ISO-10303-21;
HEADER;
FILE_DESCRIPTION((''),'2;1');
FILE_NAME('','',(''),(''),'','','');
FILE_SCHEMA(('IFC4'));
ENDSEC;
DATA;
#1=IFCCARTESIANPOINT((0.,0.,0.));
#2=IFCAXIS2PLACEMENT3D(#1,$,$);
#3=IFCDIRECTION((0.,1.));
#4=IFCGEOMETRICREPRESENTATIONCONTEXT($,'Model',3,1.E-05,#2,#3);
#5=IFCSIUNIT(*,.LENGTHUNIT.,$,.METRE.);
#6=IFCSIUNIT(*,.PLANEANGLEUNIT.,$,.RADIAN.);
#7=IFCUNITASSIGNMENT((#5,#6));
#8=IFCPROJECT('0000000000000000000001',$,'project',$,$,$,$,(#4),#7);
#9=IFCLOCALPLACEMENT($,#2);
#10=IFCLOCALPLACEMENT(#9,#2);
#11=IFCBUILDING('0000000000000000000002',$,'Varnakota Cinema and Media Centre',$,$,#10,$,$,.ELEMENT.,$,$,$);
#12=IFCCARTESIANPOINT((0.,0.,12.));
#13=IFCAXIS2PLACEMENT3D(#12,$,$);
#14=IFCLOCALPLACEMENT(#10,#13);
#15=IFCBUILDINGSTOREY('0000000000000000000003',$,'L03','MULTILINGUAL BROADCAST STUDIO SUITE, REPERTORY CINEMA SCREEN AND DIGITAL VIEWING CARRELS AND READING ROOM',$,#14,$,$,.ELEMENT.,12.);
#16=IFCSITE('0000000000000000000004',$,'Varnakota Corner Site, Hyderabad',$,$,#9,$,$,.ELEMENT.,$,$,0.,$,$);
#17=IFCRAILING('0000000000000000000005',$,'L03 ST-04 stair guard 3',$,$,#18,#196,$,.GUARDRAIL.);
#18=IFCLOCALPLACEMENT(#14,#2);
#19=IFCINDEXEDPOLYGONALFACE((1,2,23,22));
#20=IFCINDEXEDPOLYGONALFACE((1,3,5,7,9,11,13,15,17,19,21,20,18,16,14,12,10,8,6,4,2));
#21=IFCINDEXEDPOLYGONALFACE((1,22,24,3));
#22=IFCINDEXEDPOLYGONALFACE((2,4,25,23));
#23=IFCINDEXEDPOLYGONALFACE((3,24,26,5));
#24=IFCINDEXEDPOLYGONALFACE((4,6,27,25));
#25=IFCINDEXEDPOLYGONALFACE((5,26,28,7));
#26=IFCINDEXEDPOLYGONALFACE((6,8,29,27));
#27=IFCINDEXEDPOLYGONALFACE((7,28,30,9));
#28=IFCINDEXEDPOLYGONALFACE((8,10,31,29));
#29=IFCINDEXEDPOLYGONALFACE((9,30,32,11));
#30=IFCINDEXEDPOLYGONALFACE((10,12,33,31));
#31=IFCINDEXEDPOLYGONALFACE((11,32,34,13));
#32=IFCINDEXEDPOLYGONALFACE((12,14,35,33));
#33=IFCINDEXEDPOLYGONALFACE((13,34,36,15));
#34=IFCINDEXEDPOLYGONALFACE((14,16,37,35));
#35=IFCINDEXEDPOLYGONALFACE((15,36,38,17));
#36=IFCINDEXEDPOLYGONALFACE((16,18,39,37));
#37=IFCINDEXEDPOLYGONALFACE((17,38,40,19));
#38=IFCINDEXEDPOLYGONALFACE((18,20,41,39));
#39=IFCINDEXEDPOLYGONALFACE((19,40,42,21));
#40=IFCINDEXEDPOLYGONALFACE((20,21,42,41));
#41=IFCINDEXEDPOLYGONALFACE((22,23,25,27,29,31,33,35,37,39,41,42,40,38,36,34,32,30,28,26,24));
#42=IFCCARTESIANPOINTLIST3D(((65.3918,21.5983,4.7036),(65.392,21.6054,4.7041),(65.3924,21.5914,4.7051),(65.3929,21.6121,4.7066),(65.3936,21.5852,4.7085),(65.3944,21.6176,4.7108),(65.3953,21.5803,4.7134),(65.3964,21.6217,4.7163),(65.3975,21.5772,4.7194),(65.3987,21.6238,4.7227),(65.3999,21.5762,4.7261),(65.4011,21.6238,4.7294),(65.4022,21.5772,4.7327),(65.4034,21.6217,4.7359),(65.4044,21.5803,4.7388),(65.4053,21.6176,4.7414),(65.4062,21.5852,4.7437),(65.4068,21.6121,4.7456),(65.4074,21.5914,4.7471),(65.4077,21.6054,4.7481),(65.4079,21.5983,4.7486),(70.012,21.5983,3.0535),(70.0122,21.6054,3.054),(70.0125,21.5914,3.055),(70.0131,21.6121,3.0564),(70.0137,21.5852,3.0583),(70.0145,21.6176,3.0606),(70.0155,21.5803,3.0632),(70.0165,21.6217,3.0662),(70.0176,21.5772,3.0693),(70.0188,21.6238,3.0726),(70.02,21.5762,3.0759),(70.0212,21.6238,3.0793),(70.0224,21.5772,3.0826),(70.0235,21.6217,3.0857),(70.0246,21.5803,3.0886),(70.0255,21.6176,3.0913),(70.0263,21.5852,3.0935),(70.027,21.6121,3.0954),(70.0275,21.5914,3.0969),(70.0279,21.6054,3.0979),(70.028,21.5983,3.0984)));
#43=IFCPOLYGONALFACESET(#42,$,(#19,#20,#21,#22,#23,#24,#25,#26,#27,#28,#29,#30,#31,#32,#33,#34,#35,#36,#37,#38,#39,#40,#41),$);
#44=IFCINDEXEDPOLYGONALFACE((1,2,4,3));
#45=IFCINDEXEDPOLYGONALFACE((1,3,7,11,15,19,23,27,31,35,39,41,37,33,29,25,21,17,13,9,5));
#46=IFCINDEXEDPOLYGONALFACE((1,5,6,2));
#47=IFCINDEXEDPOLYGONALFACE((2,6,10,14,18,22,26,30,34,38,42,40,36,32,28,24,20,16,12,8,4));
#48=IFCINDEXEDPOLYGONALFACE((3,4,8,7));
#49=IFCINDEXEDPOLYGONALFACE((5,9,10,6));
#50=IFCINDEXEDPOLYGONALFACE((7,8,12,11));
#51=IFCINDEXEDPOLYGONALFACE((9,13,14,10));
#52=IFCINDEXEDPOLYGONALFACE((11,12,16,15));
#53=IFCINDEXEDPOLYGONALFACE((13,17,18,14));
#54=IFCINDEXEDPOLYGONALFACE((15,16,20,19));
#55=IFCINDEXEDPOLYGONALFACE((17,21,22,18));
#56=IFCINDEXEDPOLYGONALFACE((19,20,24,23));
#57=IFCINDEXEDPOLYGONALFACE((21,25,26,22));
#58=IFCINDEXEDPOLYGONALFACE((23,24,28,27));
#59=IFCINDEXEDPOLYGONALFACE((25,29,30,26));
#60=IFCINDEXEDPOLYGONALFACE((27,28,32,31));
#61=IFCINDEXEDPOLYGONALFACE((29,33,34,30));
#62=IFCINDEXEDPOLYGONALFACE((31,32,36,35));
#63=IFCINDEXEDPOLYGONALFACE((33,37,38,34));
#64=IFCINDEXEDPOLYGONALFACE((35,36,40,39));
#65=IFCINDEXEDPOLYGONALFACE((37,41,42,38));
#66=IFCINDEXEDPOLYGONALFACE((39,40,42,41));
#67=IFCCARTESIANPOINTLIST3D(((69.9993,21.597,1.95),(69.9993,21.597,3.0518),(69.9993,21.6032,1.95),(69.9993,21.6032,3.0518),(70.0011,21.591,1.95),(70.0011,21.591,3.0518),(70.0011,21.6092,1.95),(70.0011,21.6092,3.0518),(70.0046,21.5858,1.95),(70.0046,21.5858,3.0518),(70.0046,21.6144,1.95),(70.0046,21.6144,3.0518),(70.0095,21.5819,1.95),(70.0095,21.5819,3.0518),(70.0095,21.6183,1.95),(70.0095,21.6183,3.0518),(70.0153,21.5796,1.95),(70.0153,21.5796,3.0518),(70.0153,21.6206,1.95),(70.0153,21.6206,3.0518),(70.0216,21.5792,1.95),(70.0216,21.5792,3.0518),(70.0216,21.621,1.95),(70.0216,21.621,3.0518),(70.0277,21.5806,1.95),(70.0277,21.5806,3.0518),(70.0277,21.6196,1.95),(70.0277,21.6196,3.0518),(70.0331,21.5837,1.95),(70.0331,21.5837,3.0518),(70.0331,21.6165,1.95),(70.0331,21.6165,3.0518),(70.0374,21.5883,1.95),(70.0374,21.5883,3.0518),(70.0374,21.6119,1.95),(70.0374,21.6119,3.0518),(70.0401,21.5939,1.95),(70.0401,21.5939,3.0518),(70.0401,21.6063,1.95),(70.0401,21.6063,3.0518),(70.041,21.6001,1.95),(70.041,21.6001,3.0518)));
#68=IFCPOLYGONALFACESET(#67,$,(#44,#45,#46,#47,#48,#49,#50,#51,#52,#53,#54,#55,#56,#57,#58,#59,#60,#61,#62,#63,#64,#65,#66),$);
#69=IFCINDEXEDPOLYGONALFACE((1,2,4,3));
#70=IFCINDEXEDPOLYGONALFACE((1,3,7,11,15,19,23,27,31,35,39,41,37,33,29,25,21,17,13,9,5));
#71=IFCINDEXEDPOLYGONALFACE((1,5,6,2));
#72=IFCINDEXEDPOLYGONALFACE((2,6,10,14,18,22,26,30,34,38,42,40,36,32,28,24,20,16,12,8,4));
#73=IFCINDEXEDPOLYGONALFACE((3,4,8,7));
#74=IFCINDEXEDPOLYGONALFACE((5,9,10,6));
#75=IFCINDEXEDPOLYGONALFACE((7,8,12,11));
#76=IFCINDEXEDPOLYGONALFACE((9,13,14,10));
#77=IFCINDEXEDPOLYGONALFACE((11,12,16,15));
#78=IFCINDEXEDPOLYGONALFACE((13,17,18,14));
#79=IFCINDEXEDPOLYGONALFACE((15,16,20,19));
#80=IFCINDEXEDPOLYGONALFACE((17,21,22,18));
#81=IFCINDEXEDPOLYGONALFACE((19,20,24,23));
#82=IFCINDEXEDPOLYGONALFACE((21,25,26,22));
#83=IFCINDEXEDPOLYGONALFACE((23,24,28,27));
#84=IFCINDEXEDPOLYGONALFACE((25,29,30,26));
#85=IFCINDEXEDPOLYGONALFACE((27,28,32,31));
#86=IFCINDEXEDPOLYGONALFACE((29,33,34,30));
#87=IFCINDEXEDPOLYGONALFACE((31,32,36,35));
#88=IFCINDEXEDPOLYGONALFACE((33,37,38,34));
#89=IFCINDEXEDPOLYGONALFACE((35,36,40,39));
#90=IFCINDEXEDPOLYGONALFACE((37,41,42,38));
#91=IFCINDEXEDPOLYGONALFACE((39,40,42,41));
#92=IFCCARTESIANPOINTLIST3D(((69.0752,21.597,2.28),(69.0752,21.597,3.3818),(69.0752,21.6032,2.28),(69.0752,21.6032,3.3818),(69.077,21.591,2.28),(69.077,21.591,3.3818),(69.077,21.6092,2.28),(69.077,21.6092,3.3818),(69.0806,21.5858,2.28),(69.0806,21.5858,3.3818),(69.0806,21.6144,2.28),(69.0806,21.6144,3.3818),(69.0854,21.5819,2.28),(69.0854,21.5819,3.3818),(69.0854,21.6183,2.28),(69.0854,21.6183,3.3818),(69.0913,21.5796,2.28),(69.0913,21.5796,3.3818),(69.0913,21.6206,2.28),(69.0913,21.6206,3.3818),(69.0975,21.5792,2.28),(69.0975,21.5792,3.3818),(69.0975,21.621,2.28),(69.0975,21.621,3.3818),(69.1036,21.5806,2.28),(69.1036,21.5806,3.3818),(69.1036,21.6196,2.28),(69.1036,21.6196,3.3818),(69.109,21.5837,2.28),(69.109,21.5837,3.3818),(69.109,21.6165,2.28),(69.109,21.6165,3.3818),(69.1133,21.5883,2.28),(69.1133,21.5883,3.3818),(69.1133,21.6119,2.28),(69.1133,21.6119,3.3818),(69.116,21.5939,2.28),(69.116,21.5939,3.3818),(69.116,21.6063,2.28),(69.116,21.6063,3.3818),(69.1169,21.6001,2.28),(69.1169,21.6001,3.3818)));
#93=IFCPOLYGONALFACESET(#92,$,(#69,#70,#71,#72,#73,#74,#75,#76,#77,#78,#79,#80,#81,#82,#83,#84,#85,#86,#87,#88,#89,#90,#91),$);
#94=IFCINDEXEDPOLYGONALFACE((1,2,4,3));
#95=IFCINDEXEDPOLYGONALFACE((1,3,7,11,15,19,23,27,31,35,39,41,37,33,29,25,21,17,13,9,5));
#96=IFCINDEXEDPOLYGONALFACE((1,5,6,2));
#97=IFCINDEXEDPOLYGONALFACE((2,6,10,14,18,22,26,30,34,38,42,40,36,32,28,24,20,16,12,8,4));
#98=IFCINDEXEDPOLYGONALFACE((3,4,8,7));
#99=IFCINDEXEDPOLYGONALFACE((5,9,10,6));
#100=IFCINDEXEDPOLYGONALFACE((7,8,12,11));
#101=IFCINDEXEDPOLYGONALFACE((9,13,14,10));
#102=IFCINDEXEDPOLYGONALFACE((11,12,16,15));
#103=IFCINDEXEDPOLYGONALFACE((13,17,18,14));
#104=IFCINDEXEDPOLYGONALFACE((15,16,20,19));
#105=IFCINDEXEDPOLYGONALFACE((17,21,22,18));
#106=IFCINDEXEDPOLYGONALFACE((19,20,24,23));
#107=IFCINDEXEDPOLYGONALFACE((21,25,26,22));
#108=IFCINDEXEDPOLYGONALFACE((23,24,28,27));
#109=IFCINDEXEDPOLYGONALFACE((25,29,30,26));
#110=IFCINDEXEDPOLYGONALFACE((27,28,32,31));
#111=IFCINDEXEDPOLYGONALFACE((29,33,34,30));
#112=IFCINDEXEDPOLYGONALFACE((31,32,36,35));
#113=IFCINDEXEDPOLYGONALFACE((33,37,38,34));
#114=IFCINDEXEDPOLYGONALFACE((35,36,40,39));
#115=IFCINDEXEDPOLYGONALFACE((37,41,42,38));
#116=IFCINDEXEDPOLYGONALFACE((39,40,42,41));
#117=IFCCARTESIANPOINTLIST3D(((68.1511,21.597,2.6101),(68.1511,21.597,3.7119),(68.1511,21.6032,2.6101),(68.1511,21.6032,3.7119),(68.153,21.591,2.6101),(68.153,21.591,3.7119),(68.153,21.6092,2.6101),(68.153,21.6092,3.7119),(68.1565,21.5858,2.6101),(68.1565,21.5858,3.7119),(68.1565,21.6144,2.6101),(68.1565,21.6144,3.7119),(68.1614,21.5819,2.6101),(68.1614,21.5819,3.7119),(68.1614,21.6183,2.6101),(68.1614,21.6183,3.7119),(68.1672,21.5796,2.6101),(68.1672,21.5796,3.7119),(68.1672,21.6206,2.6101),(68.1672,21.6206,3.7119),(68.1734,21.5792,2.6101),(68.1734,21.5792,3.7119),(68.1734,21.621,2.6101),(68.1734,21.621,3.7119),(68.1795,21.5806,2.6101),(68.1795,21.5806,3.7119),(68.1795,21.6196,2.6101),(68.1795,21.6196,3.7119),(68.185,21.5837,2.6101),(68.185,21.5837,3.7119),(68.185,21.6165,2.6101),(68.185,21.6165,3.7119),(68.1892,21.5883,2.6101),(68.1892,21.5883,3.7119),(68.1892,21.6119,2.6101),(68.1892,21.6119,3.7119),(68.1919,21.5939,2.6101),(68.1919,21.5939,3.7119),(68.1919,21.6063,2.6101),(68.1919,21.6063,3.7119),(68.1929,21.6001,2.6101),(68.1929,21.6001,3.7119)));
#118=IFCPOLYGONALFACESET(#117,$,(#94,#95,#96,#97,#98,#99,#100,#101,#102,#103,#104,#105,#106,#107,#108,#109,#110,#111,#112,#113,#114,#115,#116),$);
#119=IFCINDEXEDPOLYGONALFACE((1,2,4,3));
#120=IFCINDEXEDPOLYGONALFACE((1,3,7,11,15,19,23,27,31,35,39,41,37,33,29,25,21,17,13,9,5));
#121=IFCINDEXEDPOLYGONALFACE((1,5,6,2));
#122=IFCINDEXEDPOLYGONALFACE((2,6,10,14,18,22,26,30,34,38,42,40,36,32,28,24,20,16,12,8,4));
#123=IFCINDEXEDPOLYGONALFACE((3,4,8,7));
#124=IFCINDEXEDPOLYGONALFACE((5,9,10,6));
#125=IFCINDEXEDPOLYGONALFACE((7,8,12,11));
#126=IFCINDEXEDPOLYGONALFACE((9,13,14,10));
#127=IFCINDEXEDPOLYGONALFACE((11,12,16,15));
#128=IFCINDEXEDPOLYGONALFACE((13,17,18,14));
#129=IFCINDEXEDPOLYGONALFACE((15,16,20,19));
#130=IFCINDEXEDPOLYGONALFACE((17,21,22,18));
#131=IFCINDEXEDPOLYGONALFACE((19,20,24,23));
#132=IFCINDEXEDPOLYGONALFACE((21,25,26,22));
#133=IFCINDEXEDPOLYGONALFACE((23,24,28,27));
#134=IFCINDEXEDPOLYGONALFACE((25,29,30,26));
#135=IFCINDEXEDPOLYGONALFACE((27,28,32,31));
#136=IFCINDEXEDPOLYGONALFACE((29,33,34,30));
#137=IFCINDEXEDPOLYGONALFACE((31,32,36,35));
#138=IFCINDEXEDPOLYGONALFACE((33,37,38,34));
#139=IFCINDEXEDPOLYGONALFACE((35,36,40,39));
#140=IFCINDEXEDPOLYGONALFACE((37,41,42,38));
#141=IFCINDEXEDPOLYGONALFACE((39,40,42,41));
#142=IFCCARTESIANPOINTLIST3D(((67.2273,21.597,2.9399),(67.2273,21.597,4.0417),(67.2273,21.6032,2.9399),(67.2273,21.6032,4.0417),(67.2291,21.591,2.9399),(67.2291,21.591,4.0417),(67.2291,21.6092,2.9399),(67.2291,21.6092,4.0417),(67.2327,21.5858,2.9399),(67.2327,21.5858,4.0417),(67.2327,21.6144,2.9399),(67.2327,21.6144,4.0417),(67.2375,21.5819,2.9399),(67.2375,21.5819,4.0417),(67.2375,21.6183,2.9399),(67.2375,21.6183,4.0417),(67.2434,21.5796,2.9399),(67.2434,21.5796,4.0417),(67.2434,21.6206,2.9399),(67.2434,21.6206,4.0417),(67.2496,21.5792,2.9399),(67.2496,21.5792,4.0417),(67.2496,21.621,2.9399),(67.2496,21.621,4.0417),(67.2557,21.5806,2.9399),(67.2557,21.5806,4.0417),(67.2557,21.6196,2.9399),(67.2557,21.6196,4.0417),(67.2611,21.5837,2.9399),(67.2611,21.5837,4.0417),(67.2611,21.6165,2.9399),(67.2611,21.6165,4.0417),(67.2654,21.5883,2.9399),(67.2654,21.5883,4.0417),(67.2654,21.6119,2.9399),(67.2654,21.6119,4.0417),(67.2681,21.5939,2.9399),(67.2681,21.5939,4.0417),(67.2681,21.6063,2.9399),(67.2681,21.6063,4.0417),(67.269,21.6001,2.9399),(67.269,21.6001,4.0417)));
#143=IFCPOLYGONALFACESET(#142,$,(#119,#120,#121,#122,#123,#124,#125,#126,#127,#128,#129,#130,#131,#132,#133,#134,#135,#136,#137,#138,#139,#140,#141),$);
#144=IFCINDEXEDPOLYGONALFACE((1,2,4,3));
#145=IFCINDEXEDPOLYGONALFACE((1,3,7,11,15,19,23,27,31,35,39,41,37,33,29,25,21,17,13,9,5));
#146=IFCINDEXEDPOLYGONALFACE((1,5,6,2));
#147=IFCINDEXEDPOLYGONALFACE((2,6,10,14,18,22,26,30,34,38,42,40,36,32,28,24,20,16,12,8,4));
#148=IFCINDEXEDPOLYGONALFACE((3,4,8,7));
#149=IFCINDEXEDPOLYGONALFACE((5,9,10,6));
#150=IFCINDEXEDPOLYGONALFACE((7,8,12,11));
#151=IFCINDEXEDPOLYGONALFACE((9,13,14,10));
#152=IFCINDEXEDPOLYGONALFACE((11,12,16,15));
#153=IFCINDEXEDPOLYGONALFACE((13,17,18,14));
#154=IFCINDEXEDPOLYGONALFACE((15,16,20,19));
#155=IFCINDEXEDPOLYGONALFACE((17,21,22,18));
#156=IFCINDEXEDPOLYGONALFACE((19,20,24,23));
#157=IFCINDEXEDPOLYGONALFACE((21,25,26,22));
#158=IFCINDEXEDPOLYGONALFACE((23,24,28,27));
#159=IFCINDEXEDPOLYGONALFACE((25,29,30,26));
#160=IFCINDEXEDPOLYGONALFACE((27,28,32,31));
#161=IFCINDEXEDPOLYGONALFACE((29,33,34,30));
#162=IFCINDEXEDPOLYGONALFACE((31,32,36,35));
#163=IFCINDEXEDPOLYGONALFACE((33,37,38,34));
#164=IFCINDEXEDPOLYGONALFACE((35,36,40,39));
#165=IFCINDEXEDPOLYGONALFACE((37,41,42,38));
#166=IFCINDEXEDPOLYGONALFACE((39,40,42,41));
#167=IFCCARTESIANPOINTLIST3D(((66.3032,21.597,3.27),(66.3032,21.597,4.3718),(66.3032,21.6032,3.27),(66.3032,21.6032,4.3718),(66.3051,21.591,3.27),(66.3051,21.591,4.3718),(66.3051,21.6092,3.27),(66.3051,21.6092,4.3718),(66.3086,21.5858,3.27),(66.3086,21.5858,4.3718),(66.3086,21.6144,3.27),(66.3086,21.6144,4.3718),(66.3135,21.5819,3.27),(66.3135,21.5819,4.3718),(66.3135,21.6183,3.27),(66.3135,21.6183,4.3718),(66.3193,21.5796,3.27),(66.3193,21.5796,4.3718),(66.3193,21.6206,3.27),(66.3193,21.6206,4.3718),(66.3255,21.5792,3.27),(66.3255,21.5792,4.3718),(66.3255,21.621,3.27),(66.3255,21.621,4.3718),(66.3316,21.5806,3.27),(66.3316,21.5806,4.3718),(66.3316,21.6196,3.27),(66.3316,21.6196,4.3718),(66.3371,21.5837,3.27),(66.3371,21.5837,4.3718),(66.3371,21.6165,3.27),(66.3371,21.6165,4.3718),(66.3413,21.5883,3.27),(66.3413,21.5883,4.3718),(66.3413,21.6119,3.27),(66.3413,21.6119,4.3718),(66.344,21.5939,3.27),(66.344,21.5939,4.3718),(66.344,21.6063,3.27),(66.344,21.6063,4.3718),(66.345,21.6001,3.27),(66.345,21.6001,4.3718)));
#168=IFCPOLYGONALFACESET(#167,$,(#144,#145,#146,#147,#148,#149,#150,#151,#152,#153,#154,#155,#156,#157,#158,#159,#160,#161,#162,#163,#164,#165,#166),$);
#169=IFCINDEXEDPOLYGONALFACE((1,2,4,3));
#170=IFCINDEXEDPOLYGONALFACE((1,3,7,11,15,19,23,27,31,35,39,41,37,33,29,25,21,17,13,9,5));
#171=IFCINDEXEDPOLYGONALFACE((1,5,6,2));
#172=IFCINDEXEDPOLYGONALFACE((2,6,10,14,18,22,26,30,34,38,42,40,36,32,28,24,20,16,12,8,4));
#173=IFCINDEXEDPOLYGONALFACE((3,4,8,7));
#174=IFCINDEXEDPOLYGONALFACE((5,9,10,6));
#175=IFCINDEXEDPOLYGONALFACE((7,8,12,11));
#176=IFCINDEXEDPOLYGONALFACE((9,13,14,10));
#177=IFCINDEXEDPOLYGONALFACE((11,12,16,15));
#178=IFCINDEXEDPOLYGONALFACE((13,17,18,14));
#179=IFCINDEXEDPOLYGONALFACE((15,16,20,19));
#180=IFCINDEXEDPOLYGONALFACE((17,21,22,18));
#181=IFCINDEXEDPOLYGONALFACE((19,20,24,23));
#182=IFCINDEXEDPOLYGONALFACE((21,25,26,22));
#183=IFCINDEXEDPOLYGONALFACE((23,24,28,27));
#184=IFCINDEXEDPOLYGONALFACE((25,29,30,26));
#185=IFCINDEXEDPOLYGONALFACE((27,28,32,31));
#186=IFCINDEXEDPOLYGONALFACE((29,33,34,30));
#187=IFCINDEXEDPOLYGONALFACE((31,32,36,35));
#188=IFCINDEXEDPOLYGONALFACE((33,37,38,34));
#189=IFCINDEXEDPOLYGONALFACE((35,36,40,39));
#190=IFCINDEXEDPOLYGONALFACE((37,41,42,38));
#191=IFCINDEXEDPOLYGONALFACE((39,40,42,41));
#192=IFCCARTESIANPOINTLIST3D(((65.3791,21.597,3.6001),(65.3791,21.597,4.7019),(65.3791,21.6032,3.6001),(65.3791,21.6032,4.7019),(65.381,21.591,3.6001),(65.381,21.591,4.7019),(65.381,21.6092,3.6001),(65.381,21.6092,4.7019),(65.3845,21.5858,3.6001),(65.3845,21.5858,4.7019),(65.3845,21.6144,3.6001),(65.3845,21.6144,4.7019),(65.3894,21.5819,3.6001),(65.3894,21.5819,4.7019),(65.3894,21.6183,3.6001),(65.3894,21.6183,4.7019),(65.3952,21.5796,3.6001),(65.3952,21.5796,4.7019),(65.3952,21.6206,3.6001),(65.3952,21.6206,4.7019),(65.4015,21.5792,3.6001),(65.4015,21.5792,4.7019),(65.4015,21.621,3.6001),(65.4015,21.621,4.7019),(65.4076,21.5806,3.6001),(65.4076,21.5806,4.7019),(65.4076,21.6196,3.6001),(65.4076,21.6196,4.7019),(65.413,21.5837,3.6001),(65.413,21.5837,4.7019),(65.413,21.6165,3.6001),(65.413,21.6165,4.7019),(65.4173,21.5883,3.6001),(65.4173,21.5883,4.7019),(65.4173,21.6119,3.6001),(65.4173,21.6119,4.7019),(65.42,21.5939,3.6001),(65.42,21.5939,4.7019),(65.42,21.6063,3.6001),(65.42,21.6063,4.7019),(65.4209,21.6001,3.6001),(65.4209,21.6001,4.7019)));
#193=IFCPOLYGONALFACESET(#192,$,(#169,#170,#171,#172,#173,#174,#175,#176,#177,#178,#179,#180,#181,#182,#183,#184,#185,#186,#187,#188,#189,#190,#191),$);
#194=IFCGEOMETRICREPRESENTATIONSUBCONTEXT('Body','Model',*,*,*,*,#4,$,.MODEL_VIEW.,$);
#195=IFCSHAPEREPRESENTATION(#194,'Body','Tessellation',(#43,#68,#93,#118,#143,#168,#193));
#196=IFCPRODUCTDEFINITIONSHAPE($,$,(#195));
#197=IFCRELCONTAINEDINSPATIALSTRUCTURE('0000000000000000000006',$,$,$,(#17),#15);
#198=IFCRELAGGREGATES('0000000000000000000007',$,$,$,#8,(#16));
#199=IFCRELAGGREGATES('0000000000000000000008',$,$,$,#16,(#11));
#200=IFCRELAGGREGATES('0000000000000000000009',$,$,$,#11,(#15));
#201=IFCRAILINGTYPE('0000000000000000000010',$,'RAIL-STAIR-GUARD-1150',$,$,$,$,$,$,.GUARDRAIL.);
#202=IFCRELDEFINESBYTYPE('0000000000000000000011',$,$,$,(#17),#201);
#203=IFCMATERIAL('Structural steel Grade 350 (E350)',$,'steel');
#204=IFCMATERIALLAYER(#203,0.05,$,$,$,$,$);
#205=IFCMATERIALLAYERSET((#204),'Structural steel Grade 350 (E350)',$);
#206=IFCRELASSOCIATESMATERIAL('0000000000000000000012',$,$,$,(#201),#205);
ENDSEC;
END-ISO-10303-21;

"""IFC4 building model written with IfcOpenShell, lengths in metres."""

from ifc_helpers import new_model, si_unit, direction, frame, origin, origin_2d, place, context, subcontext, project, spatial, circle, extrude, material, layer, layer_set, type_object, element, save


model = new_model("IFC4")

# Units and contexts
model_context = context("Model", 3, precision=1e-05, world=origin(), true_north=direction((0.0, 1.0)))
body_context = subcontext(model_context, "Body", "Model", "MODEL_VIEW")
ifc_project = project(units=[si_unit("LENGTHUNIT", "METRE"), si_unit("PLANEANGLEUNIT", "RADIAN")], contexts=[model_context])

# Site, building, storey
site_placement = place(None, origin())
site = spatial("IfcSite", under=ifc_project, at=site_placement, Name="Varnakota Corner Site, Hyderabad", CompositionType="ELEMENT", RefElevation=0.0)
building_placement = place(site_placement, origin())
building = spatial("IfcBuilding", under=site, at=building_placement, Name="Varnakota Cinema and Media Centre", CompositionType="ELEMENT")
storey_placement = place(building_placement, frame((0.0, 0.0, 12.0)))
storey = spatial("IfcBuildingStorey", under=building, at=storey_placement, Name="L03", Description="MULTILINGUAL BROADCAST STUDIO SUITE, REPERTORY CINEMA SCREEN AND DIGITAL VIEWING CARRELS AND READING ROOM", CompositionType="ELEMENT", Elevation=12.0)

# Railing
ifc_material_1 = material(Name="Structural steel Grade 350 (E350)", Category="steel")
ifc_layer_1 = layer(ifc_material_1, 0.05)
ifc_layer_set_1 = layer_set([ifc_layer_1], Name="Structural steel Grade 350 (E350)")
railing_type_1 = type_object("IfcRailingType", Name="RAIL-STAIR-GUARD-1150", PredefinedType="GUARDRAIL", material=ifc_layer_set_1)
railing_1_placement = place(storey_placement, frame((70.02, 21.6001, 1.95)))
element("IfcRailing", 1, at=railing_1_placement, inside=storey, type_object=railing_type_1, Name="L03 ST-04 stair guard 3", PredefinedType="GUARDRAIL", context=body_context, shape_type="SweptSolid", body=[
    extrude(circle(Radius=0.0239, at=origin_2d()), frame((0.0, 0.0, 1.126), z_axis=(-0.941735, 0.0, 0.336355), x_axis=(0.0, -1.0, 0.0)), (0.0, 0.0, 1.0), 4.906),
    extrude(circle(Radius=0.021, at=origin_2d()), origin(), (0.0, 0.0, 1.0), 1.1018),
    extrude(circle(Radius=0.021, at=origin_2d()), frame((-0.9241, 0.0, 0.3301)), (0.0, 0.0, 1.0), 1.1018),
    extrude(circle(Radius=0.021, at=origin_2d()), frame((-1.8481, 0.0, 0.6602)), (0.0, 0.0, 1.0), 1.1018),
    extrude(circle(Radius=0.021, at=origin_2d()), frame((-2.772, 0.0, 0.99)), (0.0, 0.0, 1.0), 1.1018),
    extrude(circle(Radius=0.021, at=origin_2d()), frame((-3.696, 0.0, 1.3201)), (0.0, 0.0, 1.0), 1.1018),
    extrude(circle(Radius=0.021, at=origin_2d()), frame((-4.6201, 0.0, 1.6501)), (0.0, 0.0, 1.0), 1.1018),
])

save(model, "model.ifc")
